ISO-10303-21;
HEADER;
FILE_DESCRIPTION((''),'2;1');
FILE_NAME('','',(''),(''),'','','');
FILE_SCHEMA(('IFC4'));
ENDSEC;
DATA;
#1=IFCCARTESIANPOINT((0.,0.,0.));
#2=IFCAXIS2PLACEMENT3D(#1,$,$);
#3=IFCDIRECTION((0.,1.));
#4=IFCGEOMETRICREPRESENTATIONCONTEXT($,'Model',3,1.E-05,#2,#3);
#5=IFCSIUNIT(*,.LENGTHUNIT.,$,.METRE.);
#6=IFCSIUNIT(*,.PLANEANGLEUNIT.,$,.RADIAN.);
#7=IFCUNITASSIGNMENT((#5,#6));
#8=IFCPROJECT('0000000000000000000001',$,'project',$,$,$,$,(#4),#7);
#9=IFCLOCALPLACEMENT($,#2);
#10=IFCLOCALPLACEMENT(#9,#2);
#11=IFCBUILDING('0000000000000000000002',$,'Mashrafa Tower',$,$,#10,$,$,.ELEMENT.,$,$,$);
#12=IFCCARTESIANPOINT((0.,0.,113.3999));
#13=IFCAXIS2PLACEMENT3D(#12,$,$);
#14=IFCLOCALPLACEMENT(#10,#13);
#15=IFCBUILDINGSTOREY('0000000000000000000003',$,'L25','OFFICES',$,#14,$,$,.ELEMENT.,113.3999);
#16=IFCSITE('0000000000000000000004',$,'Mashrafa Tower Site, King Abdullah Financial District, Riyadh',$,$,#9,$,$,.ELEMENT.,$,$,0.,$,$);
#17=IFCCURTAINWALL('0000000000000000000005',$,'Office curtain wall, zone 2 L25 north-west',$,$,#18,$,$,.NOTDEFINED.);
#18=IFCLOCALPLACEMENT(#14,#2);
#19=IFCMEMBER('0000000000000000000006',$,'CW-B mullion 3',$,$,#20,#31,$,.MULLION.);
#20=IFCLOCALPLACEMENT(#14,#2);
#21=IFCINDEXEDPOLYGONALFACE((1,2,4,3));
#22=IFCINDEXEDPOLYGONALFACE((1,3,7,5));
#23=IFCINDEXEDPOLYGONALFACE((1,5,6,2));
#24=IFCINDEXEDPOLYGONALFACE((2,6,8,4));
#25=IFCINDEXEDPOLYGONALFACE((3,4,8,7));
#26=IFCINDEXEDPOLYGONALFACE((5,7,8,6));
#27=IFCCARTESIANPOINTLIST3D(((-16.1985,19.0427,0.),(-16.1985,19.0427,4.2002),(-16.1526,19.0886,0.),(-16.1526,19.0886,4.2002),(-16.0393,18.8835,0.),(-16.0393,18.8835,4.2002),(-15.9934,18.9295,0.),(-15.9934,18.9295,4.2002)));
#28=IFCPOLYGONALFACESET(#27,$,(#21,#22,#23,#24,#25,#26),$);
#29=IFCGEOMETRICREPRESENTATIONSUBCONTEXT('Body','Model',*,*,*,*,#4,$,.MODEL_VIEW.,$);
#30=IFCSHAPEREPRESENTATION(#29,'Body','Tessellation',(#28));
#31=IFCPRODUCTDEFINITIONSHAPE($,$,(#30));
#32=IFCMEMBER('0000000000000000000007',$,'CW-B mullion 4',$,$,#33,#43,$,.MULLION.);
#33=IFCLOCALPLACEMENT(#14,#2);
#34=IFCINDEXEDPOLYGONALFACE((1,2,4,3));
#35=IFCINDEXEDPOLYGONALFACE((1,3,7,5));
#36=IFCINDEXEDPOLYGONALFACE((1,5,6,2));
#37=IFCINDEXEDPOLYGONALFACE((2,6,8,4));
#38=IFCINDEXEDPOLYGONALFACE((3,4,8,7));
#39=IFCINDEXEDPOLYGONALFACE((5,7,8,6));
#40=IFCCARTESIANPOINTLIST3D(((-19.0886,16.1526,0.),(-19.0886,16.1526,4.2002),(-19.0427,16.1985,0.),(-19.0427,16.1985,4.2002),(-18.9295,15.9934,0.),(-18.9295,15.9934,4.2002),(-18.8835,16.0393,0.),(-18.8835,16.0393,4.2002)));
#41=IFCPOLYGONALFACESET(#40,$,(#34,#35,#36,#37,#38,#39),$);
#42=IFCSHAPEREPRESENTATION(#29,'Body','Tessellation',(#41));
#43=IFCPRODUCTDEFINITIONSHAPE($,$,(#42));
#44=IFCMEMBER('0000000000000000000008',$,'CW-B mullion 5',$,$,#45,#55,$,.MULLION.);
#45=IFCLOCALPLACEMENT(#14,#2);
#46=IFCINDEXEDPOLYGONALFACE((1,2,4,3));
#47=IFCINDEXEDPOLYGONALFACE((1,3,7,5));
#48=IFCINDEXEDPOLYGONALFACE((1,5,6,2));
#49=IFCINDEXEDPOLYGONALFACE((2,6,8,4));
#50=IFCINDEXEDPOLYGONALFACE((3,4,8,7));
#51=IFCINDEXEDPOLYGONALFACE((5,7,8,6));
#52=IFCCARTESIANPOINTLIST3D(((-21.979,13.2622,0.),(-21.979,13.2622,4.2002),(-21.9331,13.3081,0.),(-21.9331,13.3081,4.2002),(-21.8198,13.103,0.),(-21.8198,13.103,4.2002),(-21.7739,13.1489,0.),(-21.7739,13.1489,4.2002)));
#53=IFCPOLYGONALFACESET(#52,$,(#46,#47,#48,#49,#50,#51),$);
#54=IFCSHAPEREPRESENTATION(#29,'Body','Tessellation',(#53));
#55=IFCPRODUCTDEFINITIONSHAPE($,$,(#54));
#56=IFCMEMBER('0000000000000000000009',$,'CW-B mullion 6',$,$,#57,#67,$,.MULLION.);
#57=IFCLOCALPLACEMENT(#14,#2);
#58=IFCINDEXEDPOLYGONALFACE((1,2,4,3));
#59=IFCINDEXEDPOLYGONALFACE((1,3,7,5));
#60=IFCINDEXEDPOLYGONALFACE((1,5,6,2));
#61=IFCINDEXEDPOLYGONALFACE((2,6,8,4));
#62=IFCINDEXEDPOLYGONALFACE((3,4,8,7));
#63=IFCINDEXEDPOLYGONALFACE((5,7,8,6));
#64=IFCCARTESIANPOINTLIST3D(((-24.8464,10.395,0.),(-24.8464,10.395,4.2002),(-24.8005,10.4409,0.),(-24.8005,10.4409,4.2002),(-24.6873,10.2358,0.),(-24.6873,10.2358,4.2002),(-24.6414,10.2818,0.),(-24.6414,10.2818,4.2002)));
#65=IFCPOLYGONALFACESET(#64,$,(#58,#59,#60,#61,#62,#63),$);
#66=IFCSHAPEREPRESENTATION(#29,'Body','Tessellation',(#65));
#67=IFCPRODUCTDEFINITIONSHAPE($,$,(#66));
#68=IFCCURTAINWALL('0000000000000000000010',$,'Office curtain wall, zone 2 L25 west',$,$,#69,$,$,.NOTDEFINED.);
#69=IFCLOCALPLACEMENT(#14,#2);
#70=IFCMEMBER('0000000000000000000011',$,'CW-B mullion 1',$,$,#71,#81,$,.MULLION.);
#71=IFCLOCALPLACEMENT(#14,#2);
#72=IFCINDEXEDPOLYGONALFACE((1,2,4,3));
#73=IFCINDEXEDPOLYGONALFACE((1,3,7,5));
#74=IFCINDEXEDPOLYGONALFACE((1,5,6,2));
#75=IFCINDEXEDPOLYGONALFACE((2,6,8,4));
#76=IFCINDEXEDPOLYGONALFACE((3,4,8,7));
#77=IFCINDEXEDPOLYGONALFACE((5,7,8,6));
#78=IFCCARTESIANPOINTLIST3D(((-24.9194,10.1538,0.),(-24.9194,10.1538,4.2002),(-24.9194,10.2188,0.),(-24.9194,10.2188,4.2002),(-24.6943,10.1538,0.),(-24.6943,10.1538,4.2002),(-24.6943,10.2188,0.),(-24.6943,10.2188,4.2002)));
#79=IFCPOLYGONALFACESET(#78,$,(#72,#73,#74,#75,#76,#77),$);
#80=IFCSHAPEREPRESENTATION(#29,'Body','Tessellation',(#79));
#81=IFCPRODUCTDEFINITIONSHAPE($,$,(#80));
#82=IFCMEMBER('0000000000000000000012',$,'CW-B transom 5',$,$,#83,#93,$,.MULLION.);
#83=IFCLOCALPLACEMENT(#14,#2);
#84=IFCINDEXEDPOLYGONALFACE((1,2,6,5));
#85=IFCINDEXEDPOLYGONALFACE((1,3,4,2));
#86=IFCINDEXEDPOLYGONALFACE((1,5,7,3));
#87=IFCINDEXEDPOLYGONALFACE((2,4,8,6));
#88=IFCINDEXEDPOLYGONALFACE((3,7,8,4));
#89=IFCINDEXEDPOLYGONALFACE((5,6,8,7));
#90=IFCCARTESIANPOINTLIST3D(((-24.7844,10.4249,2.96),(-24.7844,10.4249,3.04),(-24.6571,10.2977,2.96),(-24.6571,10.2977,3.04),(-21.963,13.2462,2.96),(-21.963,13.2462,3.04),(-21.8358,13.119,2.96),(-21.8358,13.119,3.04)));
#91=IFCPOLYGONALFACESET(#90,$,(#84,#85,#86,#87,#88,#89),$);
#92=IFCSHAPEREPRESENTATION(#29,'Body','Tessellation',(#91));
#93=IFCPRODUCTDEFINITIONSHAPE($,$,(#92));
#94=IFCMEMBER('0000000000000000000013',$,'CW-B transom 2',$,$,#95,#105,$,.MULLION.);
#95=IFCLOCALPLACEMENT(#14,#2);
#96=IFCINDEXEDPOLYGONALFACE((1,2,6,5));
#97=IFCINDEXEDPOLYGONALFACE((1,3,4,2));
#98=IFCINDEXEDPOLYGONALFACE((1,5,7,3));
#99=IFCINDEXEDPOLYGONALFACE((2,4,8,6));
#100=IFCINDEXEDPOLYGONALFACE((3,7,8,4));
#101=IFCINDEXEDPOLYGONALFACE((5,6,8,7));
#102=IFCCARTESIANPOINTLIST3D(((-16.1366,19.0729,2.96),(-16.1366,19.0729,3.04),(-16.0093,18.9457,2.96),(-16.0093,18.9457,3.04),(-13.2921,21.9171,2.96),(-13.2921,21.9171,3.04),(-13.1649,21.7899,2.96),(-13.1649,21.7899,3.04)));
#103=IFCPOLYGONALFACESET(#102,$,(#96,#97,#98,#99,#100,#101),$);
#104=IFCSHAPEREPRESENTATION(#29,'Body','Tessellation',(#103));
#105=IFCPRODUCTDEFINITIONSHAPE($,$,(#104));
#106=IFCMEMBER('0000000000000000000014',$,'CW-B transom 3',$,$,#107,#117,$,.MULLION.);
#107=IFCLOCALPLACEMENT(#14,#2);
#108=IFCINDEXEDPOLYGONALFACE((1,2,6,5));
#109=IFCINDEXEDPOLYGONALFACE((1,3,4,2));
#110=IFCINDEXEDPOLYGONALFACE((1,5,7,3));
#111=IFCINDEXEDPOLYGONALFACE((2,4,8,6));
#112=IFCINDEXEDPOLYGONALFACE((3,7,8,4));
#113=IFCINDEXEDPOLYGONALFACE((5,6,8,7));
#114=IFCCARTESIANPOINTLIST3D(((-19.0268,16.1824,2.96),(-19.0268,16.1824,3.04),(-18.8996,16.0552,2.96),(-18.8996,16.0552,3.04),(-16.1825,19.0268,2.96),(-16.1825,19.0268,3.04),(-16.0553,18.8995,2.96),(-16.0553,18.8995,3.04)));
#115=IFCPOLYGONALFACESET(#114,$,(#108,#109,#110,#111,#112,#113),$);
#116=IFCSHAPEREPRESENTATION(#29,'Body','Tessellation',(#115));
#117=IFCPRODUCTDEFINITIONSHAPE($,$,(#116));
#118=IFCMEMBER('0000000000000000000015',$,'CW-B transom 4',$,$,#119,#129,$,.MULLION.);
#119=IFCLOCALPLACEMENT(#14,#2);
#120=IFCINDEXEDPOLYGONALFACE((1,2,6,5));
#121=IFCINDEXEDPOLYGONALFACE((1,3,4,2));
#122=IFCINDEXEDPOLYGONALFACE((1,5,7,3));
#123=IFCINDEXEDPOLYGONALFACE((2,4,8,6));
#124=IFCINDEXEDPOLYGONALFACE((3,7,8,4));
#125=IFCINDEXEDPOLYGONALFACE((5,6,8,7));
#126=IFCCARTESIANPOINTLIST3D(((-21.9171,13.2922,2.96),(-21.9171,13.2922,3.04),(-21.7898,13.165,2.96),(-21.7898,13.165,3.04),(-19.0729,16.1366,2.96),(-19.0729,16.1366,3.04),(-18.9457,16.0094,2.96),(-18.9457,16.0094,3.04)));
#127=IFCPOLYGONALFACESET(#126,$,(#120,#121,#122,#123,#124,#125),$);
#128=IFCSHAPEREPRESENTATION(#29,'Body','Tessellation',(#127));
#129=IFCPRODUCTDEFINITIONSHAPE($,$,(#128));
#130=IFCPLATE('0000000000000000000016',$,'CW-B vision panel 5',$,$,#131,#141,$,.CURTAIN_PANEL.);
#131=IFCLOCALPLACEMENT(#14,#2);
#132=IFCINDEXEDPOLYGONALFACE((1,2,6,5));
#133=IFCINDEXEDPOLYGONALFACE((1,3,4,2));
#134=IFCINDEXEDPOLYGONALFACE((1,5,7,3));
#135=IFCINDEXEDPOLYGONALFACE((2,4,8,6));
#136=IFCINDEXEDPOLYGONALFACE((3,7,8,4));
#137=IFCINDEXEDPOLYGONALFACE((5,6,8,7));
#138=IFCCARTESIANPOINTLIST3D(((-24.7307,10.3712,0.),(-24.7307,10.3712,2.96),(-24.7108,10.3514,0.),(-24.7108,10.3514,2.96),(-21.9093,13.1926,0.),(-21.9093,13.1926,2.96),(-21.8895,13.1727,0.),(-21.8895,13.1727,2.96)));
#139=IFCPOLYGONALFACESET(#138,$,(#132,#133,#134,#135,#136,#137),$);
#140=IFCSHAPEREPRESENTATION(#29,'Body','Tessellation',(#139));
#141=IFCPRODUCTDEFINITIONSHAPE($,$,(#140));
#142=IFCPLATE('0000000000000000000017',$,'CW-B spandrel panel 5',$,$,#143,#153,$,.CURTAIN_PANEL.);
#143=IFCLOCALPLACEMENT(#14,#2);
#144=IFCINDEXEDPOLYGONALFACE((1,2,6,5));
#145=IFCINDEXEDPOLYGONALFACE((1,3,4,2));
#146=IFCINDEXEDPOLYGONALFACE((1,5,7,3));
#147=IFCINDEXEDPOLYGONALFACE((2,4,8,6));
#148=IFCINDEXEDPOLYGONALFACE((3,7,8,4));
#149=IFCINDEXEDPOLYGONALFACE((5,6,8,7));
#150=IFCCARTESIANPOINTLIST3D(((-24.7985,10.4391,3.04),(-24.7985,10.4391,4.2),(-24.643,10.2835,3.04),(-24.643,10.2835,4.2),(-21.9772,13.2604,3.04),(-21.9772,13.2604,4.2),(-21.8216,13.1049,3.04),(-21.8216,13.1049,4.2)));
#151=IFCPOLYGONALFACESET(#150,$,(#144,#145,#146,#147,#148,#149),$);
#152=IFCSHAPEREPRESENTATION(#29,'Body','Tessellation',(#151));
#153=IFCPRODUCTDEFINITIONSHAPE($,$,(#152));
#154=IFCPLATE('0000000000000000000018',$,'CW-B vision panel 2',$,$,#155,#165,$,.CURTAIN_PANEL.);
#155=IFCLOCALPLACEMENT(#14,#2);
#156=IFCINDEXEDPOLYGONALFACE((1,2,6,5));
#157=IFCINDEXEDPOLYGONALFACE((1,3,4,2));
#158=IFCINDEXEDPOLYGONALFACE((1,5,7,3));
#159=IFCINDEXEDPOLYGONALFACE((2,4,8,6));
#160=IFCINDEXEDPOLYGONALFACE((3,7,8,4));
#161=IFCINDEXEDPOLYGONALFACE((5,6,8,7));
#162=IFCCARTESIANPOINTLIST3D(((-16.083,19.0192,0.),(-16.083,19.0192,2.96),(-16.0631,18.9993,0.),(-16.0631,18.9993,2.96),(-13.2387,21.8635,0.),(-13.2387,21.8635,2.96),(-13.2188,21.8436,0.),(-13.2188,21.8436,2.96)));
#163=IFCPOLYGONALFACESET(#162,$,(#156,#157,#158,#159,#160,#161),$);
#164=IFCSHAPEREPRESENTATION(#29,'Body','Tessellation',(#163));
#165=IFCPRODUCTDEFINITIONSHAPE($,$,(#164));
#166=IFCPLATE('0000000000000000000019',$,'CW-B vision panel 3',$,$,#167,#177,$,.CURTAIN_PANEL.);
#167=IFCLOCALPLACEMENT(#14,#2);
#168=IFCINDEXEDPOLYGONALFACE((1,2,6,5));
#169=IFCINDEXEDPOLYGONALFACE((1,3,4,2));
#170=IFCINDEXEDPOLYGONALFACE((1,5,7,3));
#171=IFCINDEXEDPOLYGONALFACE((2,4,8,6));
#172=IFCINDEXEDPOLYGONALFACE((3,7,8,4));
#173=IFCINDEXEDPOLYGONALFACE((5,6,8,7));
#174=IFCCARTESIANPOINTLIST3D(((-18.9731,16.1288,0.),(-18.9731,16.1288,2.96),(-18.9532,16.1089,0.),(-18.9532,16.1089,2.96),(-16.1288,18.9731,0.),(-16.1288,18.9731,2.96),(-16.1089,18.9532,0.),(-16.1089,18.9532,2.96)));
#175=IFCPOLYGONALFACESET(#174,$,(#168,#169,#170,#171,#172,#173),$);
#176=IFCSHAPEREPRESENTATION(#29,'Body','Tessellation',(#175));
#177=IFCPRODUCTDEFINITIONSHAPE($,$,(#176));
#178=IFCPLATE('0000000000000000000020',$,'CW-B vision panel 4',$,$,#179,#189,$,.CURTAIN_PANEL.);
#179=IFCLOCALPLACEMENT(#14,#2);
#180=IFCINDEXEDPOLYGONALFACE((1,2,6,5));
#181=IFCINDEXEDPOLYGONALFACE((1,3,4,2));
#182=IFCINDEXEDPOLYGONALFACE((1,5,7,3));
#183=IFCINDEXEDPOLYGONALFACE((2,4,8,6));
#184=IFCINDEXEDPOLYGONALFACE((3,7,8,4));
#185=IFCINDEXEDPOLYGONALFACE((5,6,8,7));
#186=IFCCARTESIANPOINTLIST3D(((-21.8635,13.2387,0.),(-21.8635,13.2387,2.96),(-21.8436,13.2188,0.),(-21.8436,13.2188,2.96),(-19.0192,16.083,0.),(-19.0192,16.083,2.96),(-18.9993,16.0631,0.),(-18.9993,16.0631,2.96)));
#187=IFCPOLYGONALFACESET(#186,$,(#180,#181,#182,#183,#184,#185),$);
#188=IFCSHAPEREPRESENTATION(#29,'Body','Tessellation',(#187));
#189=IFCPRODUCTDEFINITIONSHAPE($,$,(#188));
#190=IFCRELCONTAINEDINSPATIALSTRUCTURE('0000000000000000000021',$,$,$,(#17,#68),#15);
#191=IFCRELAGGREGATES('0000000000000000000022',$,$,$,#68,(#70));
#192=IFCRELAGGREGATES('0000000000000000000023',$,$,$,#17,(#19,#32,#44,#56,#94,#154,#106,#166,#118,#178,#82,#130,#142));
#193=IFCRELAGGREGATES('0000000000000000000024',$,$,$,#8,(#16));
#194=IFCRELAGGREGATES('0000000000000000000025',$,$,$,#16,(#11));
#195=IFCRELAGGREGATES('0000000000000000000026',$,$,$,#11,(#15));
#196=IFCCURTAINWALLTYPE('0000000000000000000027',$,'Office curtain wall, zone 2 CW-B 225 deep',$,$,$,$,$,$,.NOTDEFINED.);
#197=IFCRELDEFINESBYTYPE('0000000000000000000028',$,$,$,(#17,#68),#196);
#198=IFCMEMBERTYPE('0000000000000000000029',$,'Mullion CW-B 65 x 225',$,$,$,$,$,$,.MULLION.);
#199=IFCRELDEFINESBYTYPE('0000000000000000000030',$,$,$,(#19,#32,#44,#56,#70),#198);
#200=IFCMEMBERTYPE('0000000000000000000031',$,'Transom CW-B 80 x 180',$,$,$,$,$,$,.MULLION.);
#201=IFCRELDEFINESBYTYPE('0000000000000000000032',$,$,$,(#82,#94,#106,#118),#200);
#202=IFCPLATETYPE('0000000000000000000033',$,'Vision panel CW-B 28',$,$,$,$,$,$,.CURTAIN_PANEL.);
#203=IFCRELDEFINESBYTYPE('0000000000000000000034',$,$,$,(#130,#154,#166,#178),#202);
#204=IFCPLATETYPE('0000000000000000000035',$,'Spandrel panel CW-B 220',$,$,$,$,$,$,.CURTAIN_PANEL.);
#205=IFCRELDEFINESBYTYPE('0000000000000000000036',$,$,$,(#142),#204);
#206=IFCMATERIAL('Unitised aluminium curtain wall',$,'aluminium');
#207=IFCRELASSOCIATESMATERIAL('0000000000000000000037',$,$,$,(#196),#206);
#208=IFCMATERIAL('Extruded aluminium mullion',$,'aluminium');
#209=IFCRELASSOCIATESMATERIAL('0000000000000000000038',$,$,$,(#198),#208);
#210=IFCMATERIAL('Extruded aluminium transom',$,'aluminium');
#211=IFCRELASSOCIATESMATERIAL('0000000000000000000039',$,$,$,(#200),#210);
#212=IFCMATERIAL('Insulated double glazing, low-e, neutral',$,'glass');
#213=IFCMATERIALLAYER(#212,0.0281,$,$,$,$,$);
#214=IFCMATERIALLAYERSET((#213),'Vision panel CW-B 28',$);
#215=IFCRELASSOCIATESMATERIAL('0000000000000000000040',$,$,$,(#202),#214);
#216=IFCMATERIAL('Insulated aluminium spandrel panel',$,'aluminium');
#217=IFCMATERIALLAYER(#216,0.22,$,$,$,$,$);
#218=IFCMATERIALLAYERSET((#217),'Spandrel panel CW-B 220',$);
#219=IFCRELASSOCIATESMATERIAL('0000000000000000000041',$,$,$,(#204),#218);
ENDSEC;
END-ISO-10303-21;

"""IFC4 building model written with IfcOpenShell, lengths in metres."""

from ifc_helpers import new_model, si_unit, direction, frame, origin, origin_2d, place, context, subcontext, project, spatial, rectangle, extrude, source, transform, mapped, material, layer, layer_set, material_profile, profile_set, type_object, type_shapes, element, aggregate, save


model = new_model("IFC4")

# Units and contexts
model_context = context("Model", 3, precision=1e-05, world=origin(), true_north=direction((0.0, 1.0)))
body_context = subcontext(model_context, "Body", "Model", "MODEL_VIEW")
ifc_project = project(units=[si_unit("LENGTHUNIT", "METRE"), si_unit("PLANEANGLEUNIT", "RADIAN")], contexts=[model_context])

# Site, building, storey
site_placement = place(None, origin())
site = spatial("IfcSite", under=ifc_project, at=site_placement, Name="Mashrafa Tower Site, King Abdullah Financial District, Riyadh", CompositionType="ELEMENT", RefElevation=0.0)
building_placement = place(site_placement, origin())
building = spatial("IfcBuilding", under=site, at=building_placement, Name="Mashrafa Tower", CompositionType="ELEMENT")
storey_placement = place(building_placement, frame((0.0, 0.0, 113.3999)))
storey = spatial("IfcBuildingStorey", under=building, at=storey_placement, Name="L25", Description="OFFICES", CompositionType="ELEMENT", Elevation=113.3999)

# Curtain wall, members
ifc_material_1 = material(Name="Unitised aluminium curtain wall", Category="aluminium")
curtain_wall_type = type_object("IfcCurtainWallType", Name="Office curtain wall, zone 2 CW-B 225 deep", PredefinedType="NOTDEFINED", material=ifc_material_1)
curtain_wall_1_placement = place(storey_placement, origin())
curtain_wall_1 = element("IfcCurtainWall", 1, at=curtain_wall_1_placement, inside=storey, type_object=curtain_wall_type, Name="Office curtain wall, zone 2 L25 north-west", PredefinedType="NOTDEFINED")
ifc_material_2 = material(Name="Extruded aluminium mullion", Category="aluminium")
ifc_material_profile_1 = material_profile(ifc_material_2, rectangle(XDim=0.2251, YDim=0.0649, at=origin_2d()), Name="Mullion 65x225")
ifc_profile_set_1 = profile_set([ifc_material_profile_1], Name="Extruded aluminium mullion")
member_type_1 = type_object("IfcMemberType", Name="Mullion CW-B 65 x 225", PredefinedType="MULLION", material=ifc_profile_set_1)
shared_shape_1 = source(origin(), body_context, "Body", "SweptSolid", [
    extrude(rectangle(XDim=0.2251, YDim=0.0649, at=origin_2d()), origin(), (0.0, 0.0, 1.0), 4.2002),
])
type_shapes(member_type_1, [shared_shape_1])
member_1_placement = place(storey_placement, frame((-16.0959, 18.9861, 0.0), z_axis=(0.0, 0.0, 1.0), x_axis=(0.707107, -0.707107, 0.0)))
member_1 = element("IfcMember", 2, at=member_1_placement, type_object=member_type_1, Name="CW-B mullion 3", PredefinedType="MULLION", context=body_context, shape_type="MappedRepresentation", body=[
    mapped(shared_shape_1, transform((0.0, 0.0, 0.0))),
])
member_2_placement = place(storey_placement, frame((-18.9861, 16.0959, 0.0), z_axis=(0.0, 0.0, 1.0), x_axis=(0.707107, -0.707107, 0.0)))
member_2 = element("IfcMember", 3, at=member_2_placement, type_object=member_type_1, Name="CW-B mullion 4", PredefinedType="MULLION", context=body_context, shape_type="MappedRepresentation", body=[
    mapped(shared_shape_1, transform((0.0, 0.0, 0.0))),
])
member_3_placement = place(storey_placement, frame((-21.8765, 13.2056, 0.0), z_axis=(0.0, 0.0, 1.0), x_axis=(0.707107, -0.707107, 0.0)))
member_3 = element("IfcMember", 4, at=member_3_placement, type_object=member_type_1, Name="CW-B mullion 5", PredefinedType="MULLION", context=body_context, shape_type="MappedRepresentation", body=[
    mapped(shared_shape_1, transform((0.0, 0.0, 0.0))),
])
member_4_placement = place(storey_placement, frame((-24.7439, 10.3384, 0.0), z_axis=(0.0, 0.0, 1.0), x_axis=(0.707107, -0.707107, 0.0)))
member_4 = element("IfcMember", 5, at=member_4_placement, type_object=member_type_1, Name="CW-B mullion 6", PredefinedType="MULLION", context=body_context, shape_type="MappedRepresentation", body=[
    mapped(shared_shape_1, transform((0.0, 0.0, 0.0))),
])

# Curtain wall, member
curtain_wall_2_placement = place(storey_placement, origin())
curtain_wall_2 = element("IfcCurtainWall", 6, at=curtain_wall_2_placement, inside=storey, type_object=curtain_wall_type, Name="Office curtain wall, zone 2 L25 west", PredefinedType="NOTDEFINED")
member_5_placement = place(storey_placement, frame((-24.8069, 10.1863, 0.0), z_axis=(0.0, 0.0, 1.0), x_axis=(1.0, 0.0, 0.0)))
member_5 = element("IfcMember", 7, at=member_5_placement, type_object=member_type_1, Name="CW-B mullion 1", PredefinedType="MULLION", context=body_context, shape_type="MappedRepresentation", body=[
    mapped(shared_shape_1, transform((0.0, 0.0, 0.0))),
])
aggregate(curtain_wall_2, [member_5])

# Members
ifc_material_3 = material(Name="Extruded aluminium transom", Category="aluminium")
ifc_material_profile_2 = material_profile(ifc_material_3, rectangle(XDim=0.1799, YDim=0.0801, at=origin_2d()), Name="Transom 80x180")
ifc_profile_set_2 = profile_set([ifc_material_profile_2], Name="Extruded aluminium transom")
member_type_2 = type_object("IfcMemberType", Name="Transom CW-B 80 x 180", PredefinedType="MULLION", material=ifc_profile_set_2)
shared_shape_2 = source(origin(), body_context, "Body", "SweptSolid", [
    extrude(rectangle(XDim=0.1799, YDim=0.0801, at=origin_2d()), origin(), (0.0, 0.0, 1.0), 3.99),
])
member_6_placement = place(storey_placement, frame((-21.8994, 13.1826, 3.0), z_axis=(-0.707107, -0.707107, 0.0), x_axis=(0.707107, -0.707107, 0.0)))
member_6 = element("IfcMember", 8, at=member_6_placement, type_object=member_type_2, Name="CW-B transom 5", PredefinedType="MULLION", context=body_context, shape_type="MappedRepresentation", body=[
    mapped(shared_shape_2, transform((0.0, 0.0, 0.0))),
])
shared_shape_3 = source(origin(), body_context, "Body", "SweptSolid", [
    extrude(rectangle(XDim=0.1799, YDim=0.0801, at=origin_2d()), origin(), (0.0, 0.0, 1.0), 4.0225),
])
type_shapes(member_type_2, [shared_shape_2, shared_shape_3])
member_7_placement = place(storey_placement, frame((-13.2285, 21.8535, 3.0), z_axis=(-0.707137, -0.707076, 0.0), x_axis=(0.707076, -0.707137, 0.0)))
member_7 = element("IfcMember", 9, at=member_7_placement, type_object=member_type_2, Name="CW-B transom 2", PredefinedType="MULLION", context=body_context, shape_type="MappedRepresentation", body=[
    mapped(shared_shape_3, transform((0.0, 0.0, 0.0))),
])
member_8_placement = place(storey_placement, frame((-16.1189, 18.9631, 3.0), z_axis=(-0.707107, -0.707107, 0.0), x_axis=(0.707107, -0.707107, 0.0)))
member_8 = element("IfcMember", 10, at=member_8_placement, type_object=member_type_2, Name="CW-B transom 3", PredefinedType="MULLION", context=body_context, shape_type="MappedRepresentation", body=[
    mapped(shared_shape_3, transform((0.0, 0.0, 0.0))),
])
member_9_placement = place(storey_placement, frame((-19.0093, 16.073, 3.0), z_axis=(-0.707076, -0.707137, 0.0), x_axis=(0.707137, -0.707076, 0.0)))
member_9 = element("IfcMember", 11, at=member_9_placement, type_object=member_type_2, Name="CW-B transom 4", PredefinedType="MULLION", context=body_context, shape_type="MappedRepresentation", body=[
    mapped(shared_shape_3, transform((0.0, 0.0, 0.0))),
])

# Plates
ifc_material_4 = material(Name="Insulated double glazing, low-e, neutral", Category="glass")
ifc_layer_1 = layer(ifc_material_4, 0.0281)
ifc_layer_set_1 = layer_set([ifc_layer_1], Name="Vision panel CW-B 28")
plate_type_1 = type_object("IfcPlateType", Name="Vision panel CW-B 28", PredefinedType="CURTAIN_PANEL", material=ifc_layer_set_1)
shared_shape_4 = source(origin(), body_context, "Body", "SweptSolid", [
    extrude(rectangle(XDim=3.99, YDim=0.0281, at=origin_2d()), origin(), (0.0, 0.0, 1.0), 2.96),
])
plate_1_placement = place(storey_placement, frame((-23.3101, 11.772, 0.0), z_axis=(0.0, 0.0, 1.0), x_axis=(-0.707107, -0.707107, 0.0)))
plate_1 = element("IfcPlate", 12, at=plate_1_placement, type_object=plate_type_1, Name="CW-B vision panel 5", PredefinedType="CURTAIN_PANEL", context=body_context, shape_type="MappedRepresentation", body=[
    mapped(shared_shape_4, transform((0.0, 0.0, 0.0))),
])
ifc_material_5 = material(Name="Insulated aluminium spandrel panel", Category="aluminium")
ifc_layer_2 = layer(ifc_material_5, 0.22)
ifc_layer_set_2 = layer_set([ifc_layer_2], Name="Spandrel panel CW-B 220")
plate_type_2 = type_object("IfcPlateType", Name="Spandrel panel CW-B 220", PredefinedType="CURTAIN_PANEL", material=ifc_layer_set_2)
shared_shape_5 = source(origin(), body_context, "Body", "SweptSolid", [
    extrude(rectangle(XDim=3.99, YDim=0.22, at=origin_2d()), origin(), (0.0, 0.0, 1.0), 1.1599),
])
plate_2_placement = place(storey_placement, frame((-23.3101, 11.772, 3.04), z_axis=(0.0, 0.0, 1.0), x_axis=(-0.707107, -0.707107, 0.0)))
plate_2 = element("IfcPlate", 13, at=plate_2_placement, type_object=plate_type_2, Name="CW-B spandrel panel 5", PredefinedType="CURTAIN_PANEL", context=body_context, shape_type="MappedRepresentation", body=[
    mapped(shared_shape_5, transform((0.0, 0.0, 0.0))),
])
shared_shape_6 = source(origin(), body_context, "Body", "SweptSolid", [
    extrude(rectangle(XDim=4.0225, YDim=0.0281, at=origin_2d()), origin(), (0.0, 0.0, 1.0), 2.96),
])
type_shapes(plate_type_1, [shared_shape_4, shared_shape_6])
plate_3_placement = place(storey_placement, frame((-14.6509, 20.4314, 0.0), z_axis=(0.0, 0.0, 1.0), x_axis=(-0.707107, -0.707107, 0.0)))
plate_3 = element("IfcPlate", 14, at=plate_3_placement, type_object=plate_type_1, Name="CW-B vision panel 2", PredefinedType="CURTAIN_PANEL", context=body_context, shape_type="MappedRepresentation", body=[
    mapped(shared_shape_6, transform((0.0, 0.0, 0.0))),
])
plate_4_placement = place(storey_placement, frame((-17.541, 17.541, 0.0), z_axis=(0.0, 0.0, 1.0), x_axis=(-0.707107, -0.707107, 0.0)))
plate_4 = element("IfcPlate", 15, at=plate_4_placement, type_object=plate_type_1, Name="CW-B vision panel 3", PredefinedType="CURTAIN_PANEL", context=body_context, shape_type="MappedRepresentation", body=[
    mapped(shared_shape_6, transform((0.0, 0.0, 0.0))),
])
plate_5_placement = place(storey_placement, frame((-20.4314, 14.6509, 0.0), z_axis=(0.0, 0.0, 1.0), x_axis=(-0.707107, -0.707107, 0.0)))
plate_5 = element("IfcPlate", 16, at=plate_5_placement, type_object=plate_type_1, Name="CW-B vision panel 4", PredefinedType="CURTAIN_PANEL", context=body_context, shape_type="MappedRepresentation", body=[
    mapped(shared_shape_6, transform((0.0, 0.0, 0.0))),
])
aggregate(curtain_wall_1, [member_1, member_2, member_3, member_4, member_7, plate_3, member_8, plate_4, member_9, plate_5, member_6, plate_1, plate_2])

save(model, "model.ifc")
